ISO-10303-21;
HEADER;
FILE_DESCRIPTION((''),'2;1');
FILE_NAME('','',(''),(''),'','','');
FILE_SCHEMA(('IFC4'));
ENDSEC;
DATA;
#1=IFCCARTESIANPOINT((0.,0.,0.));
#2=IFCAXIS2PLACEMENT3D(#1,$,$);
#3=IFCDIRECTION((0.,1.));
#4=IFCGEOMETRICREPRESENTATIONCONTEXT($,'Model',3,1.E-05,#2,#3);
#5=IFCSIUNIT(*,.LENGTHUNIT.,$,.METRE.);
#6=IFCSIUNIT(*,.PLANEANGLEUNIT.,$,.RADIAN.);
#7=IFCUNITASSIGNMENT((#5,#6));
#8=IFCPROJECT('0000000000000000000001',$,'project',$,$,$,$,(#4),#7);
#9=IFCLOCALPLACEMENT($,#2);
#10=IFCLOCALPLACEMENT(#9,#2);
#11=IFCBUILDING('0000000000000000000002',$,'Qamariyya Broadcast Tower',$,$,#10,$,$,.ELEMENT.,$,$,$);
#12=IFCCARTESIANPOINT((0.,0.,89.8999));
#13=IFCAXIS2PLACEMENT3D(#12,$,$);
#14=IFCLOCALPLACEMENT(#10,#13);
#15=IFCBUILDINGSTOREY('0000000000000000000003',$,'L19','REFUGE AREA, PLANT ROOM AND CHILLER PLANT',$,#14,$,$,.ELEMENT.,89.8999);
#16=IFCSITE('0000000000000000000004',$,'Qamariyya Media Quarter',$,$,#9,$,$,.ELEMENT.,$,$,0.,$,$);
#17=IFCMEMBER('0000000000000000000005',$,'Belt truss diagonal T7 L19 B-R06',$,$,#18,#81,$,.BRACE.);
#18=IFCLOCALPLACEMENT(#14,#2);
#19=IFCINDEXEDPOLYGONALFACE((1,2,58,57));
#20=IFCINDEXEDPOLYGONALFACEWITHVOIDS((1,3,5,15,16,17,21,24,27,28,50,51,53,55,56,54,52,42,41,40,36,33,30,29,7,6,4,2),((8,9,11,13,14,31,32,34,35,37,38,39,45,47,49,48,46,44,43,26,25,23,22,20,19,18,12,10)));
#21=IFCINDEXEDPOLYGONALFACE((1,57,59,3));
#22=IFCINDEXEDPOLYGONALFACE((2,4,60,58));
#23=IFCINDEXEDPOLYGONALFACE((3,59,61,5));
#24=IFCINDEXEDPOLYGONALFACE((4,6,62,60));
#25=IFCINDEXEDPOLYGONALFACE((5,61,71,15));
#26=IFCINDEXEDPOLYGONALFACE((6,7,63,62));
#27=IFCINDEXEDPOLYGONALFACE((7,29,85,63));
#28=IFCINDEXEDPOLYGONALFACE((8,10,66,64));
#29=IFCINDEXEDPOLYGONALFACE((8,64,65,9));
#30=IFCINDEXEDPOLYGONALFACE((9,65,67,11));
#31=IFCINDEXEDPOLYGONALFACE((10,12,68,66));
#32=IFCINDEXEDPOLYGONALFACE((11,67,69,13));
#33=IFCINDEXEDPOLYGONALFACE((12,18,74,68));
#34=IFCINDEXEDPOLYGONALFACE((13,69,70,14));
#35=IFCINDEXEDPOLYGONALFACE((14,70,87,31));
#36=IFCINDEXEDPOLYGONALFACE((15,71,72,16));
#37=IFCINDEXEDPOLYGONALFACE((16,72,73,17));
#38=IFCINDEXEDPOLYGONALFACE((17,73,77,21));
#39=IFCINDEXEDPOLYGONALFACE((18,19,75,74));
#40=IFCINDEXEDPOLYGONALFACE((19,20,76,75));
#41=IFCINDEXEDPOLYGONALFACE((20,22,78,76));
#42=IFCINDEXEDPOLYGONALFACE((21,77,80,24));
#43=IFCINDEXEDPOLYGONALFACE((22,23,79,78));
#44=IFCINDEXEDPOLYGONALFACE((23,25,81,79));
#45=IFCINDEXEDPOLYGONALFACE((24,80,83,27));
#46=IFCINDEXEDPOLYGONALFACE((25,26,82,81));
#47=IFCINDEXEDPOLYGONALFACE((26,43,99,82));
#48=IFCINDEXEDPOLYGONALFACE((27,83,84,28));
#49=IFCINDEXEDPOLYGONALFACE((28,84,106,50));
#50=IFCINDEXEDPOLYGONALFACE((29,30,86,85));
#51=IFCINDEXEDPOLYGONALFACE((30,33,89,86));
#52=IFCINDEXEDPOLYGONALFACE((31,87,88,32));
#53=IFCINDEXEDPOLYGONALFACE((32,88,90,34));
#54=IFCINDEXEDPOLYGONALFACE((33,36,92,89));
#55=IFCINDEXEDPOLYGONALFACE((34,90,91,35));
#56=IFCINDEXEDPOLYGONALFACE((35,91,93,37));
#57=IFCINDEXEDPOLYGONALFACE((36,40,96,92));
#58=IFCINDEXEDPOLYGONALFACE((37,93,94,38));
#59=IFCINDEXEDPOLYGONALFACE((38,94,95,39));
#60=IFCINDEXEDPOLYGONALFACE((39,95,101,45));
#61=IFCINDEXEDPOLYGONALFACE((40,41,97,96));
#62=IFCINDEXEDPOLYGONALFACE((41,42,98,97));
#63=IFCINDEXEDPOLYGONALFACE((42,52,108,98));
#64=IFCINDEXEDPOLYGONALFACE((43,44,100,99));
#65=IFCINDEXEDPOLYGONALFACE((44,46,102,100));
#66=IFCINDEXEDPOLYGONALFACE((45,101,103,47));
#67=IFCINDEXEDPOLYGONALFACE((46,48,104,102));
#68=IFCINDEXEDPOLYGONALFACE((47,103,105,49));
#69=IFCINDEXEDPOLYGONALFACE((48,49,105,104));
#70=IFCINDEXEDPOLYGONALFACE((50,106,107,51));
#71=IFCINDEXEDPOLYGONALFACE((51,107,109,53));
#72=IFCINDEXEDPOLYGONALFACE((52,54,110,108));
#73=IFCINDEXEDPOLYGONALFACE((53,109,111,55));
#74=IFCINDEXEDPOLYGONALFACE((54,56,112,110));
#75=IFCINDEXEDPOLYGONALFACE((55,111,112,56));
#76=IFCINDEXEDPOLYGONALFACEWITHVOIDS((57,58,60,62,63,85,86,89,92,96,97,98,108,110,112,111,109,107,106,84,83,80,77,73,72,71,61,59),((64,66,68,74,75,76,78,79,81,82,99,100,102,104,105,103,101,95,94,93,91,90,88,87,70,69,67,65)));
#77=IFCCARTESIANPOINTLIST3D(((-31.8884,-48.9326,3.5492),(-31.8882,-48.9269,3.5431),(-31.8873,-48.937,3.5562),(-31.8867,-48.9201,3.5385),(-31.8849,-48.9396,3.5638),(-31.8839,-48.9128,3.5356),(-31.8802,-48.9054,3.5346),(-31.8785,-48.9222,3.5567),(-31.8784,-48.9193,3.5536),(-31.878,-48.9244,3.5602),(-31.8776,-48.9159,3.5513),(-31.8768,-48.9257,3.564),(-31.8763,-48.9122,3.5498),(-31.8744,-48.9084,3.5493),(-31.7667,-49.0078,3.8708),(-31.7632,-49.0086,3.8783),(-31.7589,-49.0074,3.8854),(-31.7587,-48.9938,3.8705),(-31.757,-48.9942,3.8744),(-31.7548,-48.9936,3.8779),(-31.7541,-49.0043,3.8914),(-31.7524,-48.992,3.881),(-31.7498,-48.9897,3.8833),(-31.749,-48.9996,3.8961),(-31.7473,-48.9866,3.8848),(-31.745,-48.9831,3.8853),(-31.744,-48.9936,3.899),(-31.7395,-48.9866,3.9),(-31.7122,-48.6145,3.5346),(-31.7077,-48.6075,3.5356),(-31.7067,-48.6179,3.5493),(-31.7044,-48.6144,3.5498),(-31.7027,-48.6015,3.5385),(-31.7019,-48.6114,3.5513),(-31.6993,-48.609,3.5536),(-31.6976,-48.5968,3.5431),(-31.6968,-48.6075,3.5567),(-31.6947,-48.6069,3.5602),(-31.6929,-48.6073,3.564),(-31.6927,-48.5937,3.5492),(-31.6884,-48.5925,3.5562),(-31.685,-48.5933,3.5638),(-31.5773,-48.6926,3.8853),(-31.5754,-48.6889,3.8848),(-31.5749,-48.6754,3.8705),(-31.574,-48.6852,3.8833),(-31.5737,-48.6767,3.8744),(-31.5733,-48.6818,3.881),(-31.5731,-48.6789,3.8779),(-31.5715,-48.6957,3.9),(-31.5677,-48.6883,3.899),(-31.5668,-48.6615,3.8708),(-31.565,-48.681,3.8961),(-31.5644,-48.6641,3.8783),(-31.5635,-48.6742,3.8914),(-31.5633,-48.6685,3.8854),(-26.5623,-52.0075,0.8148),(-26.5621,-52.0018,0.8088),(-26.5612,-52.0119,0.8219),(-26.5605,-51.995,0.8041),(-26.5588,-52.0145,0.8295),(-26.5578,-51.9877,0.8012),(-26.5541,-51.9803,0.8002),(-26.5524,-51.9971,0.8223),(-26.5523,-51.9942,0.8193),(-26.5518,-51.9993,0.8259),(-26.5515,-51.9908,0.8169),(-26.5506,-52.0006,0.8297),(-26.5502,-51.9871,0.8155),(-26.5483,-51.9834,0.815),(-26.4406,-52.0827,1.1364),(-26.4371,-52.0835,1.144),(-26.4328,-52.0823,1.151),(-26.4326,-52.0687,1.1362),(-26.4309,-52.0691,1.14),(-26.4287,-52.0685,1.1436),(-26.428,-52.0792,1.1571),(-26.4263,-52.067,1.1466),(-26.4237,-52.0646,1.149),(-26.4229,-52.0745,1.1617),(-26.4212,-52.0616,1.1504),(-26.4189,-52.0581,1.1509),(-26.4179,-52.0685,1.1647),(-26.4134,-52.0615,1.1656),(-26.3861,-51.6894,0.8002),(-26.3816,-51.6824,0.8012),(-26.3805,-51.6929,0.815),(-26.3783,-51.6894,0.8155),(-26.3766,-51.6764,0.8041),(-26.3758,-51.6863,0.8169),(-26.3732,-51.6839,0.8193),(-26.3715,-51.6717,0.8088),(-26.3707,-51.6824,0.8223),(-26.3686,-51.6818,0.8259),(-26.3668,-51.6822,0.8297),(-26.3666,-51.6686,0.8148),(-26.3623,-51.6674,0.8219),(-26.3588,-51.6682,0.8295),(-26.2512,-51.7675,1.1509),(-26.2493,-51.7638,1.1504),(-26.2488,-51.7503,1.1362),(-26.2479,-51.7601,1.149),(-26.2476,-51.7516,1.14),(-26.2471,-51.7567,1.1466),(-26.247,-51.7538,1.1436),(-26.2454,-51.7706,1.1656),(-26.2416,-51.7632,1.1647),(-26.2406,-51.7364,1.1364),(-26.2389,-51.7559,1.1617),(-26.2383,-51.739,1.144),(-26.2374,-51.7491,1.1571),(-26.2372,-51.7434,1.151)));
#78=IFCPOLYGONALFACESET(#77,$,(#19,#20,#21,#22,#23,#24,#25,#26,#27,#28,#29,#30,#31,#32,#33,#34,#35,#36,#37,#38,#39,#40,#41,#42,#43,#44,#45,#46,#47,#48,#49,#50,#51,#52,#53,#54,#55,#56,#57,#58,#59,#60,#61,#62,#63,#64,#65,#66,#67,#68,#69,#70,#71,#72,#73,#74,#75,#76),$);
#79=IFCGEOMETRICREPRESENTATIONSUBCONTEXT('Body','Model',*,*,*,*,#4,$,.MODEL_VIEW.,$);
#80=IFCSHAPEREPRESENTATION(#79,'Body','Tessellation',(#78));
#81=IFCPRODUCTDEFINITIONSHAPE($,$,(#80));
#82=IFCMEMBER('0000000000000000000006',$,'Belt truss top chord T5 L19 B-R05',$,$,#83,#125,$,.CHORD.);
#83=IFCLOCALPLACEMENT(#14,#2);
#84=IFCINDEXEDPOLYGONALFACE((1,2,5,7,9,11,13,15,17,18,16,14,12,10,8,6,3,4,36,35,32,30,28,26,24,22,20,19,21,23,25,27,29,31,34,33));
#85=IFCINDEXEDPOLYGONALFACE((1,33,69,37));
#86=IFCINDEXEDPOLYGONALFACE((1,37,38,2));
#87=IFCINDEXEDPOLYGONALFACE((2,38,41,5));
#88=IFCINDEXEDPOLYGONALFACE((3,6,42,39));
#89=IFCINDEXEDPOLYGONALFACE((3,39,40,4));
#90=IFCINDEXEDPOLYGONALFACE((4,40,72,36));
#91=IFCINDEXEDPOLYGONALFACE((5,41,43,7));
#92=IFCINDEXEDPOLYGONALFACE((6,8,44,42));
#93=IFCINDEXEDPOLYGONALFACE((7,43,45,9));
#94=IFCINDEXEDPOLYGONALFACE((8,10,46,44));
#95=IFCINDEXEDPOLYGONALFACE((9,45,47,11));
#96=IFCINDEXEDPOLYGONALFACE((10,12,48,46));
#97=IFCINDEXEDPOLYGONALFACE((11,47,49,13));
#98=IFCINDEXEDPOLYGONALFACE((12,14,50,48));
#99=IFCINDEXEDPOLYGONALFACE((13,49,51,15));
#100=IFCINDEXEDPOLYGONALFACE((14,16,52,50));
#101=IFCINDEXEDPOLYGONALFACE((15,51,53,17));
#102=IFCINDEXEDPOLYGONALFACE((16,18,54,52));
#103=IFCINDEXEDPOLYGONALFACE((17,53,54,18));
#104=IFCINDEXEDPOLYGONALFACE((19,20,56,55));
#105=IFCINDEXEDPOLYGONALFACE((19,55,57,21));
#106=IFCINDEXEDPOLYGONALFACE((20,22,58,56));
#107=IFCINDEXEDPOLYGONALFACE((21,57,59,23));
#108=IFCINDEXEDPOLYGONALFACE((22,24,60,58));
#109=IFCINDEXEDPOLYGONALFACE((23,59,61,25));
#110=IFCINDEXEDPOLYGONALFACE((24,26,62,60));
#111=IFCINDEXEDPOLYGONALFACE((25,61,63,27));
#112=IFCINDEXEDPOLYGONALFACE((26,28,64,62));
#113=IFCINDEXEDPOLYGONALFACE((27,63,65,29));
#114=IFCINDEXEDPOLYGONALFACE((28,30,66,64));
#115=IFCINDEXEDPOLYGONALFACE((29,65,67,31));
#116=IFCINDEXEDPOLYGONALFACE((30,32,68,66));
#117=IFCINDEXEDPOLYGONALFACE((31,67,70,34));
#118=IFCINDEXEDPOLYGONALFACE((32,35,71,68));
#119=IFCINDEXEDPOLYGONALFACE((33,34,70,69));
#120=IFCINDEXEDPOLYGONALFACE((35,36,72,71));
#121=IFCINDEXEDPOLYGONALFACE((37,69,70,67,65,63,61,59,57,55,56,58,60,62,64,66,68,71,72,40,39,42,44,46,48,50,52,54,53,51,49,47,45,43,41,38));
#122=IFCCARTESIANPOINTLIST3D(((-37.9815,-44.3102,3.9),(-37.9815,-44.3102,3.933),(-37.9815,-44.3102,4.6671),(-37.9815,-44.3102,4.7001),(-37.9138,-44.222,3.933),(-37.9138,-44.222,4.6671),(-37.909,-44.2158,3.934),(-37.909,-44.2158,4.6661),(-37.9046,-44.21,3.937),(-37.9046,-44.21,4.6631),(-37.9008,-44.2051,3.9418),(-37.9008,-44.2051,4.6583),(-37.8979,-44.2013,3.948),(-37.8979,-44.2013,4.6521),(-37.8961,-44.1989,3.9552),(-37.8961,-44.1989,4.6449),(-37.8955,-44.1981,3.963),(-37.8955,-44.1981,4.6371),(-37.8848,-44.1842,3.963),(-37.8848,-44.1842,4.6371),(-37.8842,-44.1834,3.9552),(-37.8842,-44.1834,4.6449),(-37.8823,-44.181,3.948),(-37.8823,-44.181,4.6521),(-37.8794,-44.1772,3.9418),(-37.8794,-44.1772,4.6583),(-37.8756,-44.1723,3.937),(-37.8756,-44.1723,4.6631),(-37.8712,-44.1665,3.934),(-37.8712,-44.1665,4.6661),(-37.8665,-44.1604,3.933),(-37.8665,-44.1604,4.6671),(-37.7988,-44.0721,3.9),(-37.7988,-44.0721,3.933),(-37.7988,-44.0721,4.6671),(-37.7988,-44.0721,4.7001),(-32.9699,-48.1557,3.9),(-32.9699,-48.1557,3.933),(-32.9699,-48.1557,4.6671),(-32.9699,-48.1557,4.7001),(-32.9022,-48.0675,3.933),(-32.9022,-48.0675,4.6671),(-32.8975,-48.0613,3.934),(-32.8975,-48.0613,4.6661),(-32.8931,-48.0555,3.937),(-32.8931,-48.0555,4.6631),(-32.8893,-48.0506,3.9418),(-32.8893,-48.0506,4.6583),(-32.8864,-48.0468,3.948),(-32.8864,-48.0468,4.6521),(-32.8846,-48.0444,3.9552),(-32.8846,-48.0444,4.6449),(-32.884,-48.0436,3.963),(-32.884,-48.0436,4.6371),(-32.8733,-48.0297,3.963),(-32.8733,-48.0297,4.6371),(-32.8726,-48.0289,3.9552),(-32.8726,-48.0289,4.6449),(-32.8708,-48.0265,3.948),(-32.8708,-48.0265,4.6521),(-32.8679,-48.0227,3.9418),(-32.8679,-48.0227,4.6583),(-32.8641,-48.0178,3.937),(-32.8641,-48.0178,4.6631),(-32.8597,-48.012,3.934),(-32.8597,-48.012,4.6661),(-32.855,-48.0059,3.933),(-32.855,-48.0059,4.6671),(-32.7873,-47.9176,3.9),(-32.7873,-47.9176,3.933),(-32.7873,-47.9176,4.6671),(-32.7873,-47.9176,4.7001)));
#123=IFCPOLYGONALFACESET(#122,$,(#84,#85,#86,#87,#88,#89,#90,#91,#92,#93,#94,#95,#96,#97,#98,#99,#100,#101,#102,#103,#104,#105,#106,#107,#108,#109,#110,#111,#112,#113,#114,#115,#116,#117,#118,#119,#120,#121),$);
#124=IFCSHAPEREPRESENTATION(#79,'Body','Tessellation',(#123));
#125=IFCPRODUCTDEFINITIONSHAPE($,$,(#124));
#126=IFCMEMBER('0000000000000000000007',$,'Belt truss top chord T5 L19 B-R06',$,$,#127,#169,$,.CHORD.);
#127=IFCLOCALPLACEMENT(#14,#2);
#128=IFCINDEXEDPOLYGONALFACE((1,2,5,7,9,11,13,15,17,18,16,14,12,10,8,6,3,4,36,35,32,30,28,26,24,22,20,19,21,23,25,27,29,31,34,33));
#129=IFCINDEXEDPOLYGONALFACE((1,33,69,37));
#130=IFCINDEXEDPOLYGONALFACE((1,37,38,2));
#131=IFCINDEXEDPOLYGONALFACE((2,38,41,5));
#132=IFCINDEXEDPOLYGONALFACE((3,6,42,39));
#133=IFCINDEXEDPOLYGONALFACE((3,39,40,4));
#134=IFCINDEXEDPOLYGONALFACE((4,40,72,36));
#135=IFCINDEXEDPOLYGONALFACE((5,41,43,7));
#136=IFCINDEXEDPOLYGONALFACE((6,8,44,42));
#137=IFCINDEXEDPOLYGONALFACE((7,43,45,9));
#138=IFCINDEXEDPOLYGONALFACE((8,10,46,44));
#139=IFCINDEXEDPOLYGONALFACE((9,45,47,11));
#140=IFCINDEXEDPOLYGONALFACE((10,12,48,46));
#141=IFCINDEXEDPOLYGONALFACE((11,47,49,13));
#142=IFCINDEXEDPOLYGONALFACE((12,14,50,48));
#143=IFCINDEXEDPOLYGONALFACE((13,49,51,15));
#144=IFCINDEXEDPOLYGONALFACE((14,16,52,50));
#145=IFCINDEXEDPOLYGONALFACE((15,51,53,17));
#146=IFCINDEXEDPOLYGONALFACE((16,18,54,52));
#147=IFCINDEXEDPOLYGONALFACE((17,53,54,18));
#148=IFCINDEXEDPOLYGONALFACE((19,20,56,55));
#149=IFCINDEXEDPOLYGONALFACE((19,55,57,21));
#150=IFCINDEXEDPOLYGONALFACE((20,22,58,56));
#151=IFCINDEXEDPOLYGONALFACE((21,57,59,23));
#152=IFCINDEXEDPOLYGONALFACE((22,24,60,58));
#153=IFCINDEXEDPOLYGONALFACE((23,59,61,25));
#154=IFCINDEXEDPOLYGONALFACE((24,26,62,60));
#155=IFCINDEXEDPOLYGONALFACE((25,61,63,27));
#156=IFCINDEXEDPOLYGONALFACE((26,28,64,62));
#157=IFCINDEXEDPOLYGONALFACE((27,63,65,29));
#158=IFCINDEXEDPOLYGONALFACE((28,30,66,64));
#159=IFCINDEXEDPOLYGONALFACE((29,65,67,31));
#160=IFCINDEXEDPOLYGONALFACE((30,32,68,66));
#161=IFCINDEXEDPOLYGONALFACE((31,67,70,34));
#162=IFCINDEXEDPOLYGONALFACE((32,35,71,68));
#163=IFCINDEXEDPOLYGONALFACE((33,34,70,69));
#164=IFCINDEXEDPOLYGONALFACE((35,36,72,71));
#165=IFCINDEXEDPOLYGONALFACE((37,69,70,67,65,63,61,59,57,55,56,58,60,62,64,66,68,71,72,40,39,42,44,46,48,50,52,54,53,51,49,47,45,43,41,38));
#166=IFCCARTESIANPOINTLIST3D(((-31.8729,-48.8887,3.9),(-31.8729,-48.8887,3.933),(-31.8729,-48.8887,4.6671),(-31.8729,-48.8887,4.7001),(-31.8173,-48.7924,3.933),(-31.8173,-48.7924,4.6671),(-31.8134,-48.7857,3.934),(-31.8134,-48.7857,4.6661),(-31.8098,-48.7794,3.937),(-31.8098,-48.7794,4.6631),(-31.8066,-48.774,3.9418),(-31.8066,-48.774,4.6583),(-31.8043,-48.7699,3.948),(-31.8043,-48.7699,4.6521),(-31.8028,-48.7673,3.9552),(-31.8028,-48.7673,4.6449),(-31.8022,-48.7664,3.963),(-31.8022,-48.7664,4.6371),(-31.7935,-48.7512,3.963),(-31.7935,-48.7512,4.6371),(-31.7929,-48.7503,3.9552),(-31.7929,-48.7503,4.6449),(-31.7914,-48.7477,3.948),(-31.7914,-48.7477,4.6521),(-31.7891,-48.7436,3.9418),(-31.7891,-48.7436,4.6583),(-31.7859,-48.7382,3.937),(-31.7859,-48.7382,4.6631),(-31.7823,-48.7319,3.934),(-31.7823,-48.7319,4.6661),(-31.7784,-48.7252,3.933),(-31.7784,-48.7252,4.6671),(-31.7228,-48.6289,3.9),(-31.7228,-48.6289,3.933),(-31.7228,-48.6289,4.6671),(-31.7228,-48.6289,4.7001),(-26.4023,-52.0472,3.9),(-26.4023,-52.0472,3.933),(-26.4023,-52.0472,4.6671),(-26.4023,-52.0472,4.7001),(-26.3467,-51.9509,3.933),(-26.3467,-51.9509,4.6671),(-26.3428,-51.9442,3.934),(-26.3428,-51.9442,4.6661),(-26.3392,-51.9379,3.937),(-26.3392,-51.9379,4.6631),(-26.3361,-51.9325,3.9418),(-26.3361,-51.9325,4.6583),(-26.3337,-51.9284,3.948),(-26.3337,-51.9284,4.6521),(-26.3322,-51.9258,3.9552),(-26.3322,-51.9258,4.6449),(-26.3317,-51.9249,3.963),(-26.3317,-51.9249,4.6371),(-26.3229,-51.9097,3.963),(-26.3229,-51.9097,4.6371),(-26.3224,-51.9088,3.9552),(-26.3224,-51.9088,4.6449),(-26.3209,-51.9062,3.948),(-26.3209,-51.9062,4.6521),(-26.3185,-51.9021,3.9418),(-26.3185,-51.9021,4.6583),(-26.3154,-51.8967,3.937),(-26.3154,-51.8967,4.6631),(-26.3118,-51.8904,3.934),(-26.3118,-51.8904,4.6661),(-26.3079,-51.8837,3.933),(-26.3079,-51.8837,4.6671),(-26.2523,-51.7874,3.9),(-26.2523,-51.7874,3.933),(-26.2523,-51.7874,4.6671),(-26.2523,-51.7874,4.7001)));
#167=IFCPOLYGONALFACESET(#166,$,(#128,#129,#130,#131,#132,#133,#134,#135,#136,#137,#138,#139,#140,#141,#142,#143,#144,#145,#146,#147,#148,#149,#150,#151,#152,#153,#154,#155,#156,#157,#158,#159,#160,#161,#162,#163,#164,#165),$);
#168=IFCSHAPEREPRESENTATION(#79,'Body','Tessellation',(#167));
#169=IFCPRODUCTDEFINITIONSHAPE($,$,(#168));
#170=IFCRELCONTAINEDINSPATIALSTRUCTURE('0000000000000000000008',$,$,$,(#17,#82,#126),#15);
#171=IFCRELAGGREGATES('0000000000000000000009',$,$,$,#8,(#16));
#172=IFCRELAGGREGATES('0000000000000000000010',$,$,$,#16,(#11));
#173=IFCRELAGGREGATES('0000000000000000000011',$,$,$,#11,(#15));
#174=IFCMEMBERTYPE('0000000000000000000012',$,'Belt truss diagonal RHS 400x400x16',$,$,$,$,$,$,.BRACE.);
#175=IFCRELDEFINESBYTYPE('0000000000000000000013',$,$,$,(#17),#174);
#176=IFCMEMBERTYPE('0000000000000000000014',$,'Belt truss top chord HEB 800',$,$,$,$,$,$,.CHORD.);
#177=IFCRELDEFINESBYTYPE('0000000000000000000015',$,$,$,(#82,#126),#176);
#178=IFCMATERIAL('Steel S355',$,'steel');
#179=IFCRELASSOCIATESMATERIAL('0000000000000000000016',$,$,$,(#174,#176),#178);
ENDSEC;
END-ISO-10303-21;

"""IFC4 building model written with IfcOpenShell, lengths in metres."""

from ifc_helpers import new_model, si_unit, direction, frame, origin, origin_2d, place, context, subcontext, project, spatial, hollow_rectangle, i_section, extrude, material, material_profile, profile_set, type_object, element, save


model = new_model("IFC4")

# Units and contexts
model_context = context("Model", 3, precision=1e-05, world=origin(), true_north=direction((0.0, 1.0)))
body_context = subcontext(model_context, "Body", "Model", "MODEL_VIEW")
ifc_project = project(units=[si_unit("LENGTHUNIT", "METRE"), si_unit("PLANEANGLEUNIT", "RADIAN")], contexts=[model_context])

# Site, building, storey
site_placement = place(None, origin())
site = spatial("IfcSite", under=ifc_project, at=site_placement, Name="Qamariyya Media Quarter", CompositionType="ELEMENT", RefElevation=0.0)
building_placement = place(site_placement, origin())
building = spatial("IfcBuilding", under=site, at=building_placement, Name="Qamariyya Broadcast Tower", CompositionType="ELEMENT")
storey_placement = place(building_placement, frame((0.0, 0.0, 89.8999)))
storey = spatial("IfcBuildingStorey", under=building, at=storey_placement, Name="L19", Description="REFUGE AREA, PLANT ROOM AND CHILLER PLANT", CompositionType="ELEMENT", Elevation=89.8999)

# Members
ifc_material_1 = material(Name="Steel S355", Category="steel")
ifc_material_profile_1 = material_profile(ifc_material_1, hollow_rectangle(XDim=0.3999, YDim=0.3999, WallThickness=0.0161, InnerFilletRadius=0.0161, OuterFilletRadius=0.032, at=origin_2d()))
ifc_profile_set_1 = profile_set([ifc_material_profile_1], Name="Steel S355")
member_type_1 = type_object("IfcMemberType", Name="Belt truss diagonal RHS 400x400x16", PredefinedType="BRACE", material=ifc_profile_set_1)
for number, where, z_axis, x_axis, name in (
    (1, (-31.7258, -48.8005, 3.7173), (0.791343, -0.456865, -0.406264), (0.499986, 0.866034, 0.0), "Belt truss diagonal T7 L19 B-R06"),
):
    element("IfcMember", number, at=place(storey_placement, frame(where, z_axis=z_axis, x_axis=x_axis)), inside=storey, type_object=member_type_1, Name=name, PredefinedType="BRACE", context=body_context, shape_type="SweptSolid", body=[
        extrude(hollow_rectangle(XDim=0.3999, YDim=0.3999, WallThickness=0.0161, InnerFilletRadius=0.0161, OuterFilletRadius=0.032, at=origin_2d()), origin(), (0.0, 0.0, 1.0), 6.7305),
    ])
ifc_material_profile_2 = material_profile(ifc_material_1, i_section(OverallWidth=0.3, OverallDepth=0.8, WebThickness=0.0176, FlangeThickness=0.033, FilletRadius=0.03, at=origin_2d()))
ifc_profile_set_2 = profile_set([ifc_material_profile_2], Name="Steel S355")
member_type_2 = type_object("IfcMemberType", Name="Belt truss top chord HEB 800", PredefinedType="CHORD", material=ifc_profile_set_2)
for number, where, z_axis, x_axis, name in (
    (2, (-37.8901, -44.1912, 4.3), (0.793352, -0.608763, 0.0), (0.608763, 0.793352, 0.0), "Belt truss top chord T5 L19 B-R05"),
    (3, (-31.7979, -48.7588, 4.3), (0.86602, -0.500009, 0.0), (0.500009, 0.86602, 0.0), "Belt truss top chord T5 L19 B-R06"),
):
    element("IfcMember", number, at=place(storey_placement, frame(where, z_axis=z_axis, x_axis=x_axis)), inside=storey, type_object=member_type_2, Name=name, PredefinedType="CHORD", context=body_context, shape_type="SweptSolid", body=[
        extrude(i_section(OverallWidth=0.3, OverallDepth=0.8, WebThickness=0.0176, FlangeThickness=0.033, FilletRadius=0.03, at=origin_2d()), origin(), (0.0, 0.0, 1.0), 6.3169),
    ])

save(model, "model.ifc")
